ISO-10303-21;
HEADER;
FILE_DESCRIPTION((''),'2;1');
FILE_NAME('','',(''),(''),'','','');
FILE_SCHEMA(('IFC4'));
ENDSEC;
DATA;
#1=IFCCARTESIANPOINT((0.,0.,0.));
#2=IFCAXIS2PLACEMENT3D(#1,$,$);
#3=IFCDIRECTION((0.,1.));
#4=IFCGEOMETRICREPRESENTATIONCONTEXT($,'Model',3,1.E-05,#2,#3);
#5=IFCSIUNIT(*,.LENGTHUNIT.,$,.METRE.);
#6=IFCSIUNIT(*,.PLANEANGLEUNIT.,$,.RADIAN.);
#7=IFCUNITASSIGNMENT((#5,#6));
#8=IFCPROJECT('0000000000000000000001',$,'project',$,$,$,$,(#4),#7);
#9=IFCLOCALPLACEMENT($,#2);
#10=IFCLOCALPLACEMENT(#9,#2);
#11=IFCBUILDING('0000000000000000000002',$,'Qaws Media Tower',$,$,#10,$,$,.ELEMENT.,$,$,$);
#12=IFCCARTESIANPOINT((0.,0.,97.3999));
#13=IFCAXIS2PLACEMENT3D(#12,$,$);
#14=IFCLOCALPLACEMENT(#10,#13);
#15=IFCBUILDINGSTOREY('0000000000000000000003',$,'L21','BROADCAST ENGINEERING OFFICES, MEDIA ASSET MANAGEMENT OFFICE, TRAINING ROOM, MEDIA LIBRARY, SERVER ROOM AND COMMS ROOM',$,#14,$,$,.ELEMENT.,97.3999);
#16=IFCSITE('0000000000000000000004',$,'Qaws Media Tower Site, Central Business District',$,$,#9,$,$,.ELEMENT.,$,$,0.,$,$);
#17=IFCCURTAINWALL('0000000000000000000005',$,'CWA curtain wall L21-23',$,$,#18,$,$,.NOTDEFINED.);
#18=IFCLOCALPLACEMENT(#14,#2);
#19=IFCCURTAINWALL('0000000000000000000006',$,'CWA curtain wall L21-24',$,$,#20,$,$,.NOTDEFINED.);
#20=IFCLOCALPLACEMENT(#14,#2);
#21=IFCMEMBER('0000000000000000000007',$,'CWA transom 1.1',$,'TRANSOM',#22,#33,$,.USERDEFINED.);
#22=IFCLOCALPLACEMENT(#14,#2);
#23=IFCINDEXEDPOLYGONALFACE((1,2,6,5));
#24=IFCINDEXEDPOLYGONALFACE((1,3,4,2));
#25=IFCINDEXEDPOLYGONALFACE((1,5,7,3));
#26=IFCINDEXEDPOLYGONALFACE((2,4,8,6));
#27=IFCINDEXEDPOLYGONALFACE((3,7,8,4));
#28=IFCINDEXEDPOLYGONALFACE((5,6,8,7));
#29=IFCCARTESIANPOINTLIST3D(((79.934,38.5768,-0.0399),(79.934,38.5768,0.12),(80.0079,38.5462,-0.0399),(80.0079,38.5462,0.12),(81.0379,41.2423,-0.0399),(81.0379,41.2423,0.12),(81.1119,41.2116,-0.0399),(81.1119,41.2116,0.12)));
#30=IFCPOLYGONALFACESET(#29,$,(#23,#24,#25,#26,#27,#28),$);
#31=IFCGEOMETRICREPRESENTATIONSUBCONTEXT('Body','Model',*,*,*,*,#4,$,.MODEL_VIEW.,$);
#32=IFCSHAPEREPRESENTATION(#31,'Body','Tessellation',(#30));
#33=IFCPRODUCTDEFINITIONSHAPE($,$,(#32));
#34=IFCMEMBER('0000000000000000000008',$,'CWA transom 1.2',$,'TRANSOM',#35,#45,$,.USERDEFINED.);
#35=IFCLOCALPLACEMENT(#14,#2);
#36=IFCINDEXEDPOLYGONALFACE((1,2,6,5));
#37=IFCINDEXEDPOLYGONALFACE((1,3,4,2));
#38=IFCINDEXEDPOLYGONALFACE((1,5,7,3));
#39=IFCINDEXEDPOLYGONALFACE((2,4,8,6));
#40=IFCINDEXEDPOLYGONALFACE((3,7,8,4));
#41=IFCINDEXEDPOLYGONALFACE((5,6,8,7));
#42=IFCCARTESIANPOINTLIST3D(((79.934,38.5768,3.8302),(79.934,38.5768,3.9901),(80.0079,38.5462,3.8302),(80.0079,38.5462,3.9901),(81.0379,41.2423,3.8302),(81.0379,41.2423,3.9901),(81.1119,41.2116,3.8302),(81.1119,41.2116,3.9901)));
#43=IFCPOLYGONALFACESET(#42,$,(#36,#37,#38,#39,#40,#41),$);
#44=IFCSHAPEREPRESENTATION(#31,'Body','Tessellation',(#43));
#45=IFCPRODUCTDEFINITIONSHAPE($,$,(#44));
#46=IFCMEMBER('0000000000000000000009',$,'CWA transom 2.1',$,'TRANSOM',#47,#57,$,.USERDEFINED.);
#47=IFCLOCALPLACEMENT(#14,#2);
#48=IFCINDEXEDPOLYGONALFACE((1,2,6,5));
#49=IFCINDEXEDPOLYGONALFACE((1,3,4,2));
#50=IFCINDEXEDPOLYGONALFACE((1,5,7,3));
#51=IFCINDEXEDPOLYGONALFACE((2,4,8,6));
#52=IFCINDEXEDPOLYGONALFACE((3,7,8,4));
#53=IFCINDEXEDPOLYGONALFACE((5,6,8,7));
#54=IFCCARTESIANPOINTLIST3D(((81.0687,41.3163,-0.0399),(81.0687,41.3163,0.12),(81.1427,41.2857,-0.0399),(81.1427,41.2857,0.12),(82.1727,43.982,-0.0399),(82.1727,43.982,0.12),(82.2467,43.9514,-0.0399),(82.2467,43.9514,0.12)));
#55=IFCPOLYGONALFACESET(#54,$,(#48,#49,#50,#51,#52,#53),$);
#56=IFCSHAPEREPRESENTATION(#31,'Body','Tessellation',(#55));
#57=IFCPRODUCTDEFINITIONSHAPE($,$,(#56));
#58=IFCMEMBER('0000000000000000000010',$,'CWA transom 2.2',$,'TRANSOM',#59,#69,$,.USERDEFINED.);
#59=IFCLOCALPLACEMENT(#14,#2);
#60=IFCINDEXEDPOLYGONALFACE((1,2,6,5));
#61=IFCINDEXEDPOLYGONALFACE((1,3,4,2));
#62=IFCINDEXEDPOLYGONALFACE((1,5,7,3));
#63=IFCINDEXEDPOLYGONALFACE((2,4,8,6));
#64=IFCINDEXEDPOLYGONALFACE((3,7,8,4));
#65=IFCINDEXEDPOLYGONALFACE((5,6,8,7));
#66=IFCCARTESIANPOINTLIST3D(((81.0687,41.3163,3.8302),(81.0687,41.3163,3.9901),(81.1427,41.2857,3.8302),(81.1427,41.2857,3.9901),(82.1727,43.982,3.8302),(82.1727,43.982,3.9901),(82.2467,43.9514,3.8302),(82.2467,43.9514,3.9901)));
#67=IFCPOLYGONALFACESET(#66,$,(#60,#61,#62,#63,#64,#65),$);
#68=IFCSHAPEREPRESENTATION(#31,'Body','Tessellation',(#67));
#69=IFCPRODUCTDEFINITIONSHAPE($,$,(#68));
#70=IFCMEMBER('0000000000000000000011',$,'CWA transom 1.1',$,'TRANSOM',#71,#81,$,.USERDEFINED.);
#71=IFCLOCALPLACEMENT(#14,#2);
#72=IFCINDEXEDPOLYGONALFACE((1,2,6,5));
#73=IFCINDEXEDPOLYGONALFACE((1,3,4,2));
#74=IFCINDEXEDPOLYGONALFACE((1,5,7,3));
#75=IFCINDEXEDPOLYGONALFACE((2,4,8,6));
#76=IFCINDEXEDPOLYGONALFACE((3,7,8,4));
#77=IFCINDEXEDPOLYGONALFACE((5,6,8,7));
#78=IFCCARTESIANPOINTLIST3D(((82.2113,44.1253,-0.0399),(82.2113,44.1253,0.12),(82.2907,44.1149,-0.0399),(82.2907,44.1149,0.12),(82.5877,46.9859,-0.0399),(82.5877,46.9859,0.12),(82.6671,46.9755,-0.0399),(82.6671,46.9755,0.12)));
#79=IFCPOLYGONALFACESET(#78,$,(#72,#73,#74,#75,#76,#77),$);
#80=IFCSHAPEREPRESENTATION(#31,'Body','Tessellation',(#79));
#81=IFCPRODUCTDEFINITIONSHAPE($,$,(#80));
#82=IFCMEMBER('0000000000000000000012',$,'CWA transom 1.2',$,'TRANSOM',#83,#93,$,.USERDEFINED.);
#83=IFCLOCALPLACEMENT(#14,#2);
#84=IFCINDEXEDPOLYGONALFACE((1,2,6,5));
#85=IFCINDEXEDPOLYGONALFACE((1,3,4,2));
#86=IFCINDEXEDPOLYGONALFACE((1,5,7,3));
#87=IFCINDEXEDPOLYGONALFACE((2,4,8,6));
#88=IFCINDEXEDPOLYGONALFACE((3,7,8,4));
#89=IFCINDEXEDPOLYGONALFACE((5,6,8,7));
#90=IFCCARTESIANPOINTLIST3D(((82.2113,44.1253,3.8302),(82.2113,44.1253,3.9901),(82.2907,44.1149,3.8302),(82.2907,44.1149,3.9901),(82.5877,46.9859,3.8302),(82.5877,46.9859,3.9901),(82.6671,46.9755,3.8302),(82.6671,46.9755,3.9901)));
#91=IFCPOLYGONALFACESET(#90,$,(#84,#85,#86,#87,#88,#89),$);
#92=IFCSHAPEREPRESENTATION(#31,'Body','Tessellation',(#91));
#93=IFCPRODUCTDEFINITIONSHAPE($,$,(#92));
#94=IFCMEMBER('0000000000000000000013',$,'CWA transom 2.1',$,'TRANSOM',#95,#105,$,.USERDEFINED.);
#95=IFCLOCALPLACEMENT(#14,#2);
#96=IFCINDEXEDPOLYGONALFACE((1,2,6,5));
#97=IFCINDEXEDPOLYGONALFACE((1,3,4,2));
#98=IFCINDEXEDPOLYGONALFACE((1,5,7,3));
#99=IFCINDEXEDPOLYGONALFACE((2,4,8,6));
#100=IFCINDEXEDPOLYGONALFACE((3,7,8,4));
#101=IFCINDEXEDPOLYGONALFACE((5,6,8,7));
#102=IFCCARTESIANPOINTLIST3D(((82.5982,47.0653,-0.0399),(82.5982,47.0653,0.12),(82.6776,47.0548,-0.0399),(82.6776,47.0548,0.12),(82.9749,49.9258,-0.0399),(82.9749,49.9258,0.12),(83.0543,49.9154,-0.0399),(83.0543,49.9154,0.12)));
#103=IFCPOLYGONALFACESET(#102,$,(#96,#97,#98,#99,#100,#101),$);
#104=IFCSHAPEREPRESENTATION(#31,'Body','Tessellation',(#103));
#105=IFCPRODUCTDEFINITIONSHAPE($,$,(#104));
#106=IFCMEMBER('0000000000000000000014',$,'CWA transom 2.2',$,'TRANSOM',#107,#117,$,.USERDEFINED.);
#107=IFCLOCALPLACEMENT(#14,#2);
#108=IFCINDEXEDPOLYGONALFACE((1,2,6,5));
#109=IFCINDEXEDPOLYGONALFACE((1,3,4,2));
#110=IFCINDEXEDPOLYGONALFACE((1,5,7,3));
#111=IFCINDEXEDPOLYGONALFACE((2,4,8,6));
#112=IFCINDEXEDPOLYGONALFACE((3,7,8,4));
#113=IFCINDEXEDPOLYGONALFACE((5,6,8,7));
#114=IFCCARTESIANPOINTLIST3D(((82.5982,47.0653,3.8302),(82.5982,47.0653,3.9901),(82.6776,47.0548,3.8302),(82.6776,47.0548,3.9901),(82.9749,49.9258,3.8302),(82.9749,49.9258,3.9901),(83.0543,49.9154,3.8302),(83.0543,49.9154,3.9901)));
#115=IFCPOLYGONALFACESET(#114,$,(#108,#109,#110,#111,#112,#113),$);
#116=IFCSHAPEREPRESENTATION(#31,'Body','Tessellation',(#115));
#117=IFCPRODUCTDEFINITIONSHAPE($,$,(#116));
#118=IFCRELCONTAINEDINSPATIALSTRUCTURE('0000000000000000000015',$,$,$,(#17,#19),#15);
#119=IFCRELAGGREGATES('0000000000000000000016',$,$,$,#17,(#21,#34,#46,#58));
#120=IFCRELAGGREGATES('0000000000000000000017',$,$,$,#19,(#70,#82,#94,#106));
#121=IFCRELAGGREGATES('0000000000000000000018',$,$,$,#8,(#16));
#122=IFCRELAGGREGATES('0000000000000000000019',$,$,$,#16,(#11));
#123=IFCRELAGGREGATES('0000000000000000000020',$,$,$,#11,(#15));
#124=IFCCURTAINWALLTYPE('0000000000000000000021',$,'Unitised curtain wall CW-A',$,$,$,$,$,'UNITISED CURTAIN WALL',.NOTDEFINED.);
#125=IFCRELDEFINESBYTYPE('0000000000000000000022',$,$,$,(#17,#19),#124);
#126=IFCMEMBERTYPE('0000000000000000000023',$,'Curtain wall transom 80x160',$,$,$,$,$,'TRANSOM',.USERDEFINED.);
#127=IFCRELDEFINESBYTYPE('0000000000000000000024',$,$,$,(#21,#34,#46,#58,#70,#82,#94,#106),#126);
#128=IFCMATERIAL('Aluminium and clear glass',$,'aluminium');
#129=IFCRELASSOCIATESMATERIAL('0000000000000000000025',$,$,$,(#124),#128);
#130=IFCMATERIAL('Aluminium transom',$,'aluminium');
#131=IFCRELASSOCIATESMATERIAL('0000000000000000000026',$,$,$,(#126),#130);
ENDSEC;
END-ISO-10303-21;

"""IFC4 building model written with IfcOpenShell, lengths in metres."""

from ifc_helpers import new_model, si_unit, direction, frame, origin, origin_2d, place, context, subcontext, project, spatial, rectangle, extrude, material, material_profile, profile_set, type_object, element, aggregate, save


model = new_model("IFC4")

# Units and contexts
model_context = context("Model", 3, precision=1e-05, world=origin(), true_north=direction((0.0, 1.0)))
body_context = subcontext(model_context, "Body", "Model", "MODEL_VIEW")
ifc_project = project(units=[si_unit("LENGTHUNIT", "METRE"), si_unit("PLANEANGLEUNIT", "RADIAN")], contexts=[model_context])

# Site, building, storey
site_placement = place(None, origin())
site = spatial("IfcSite", under=ifc_project, at=site_placement, Name="Qaws Media Tower Site, Central Business District", CompositionType="ELEMENT", RefElevation=0.0)
building_placement = place(site_placement, origin())
building = spatial("IfcBuilding", under=site, at=building_placement, Name="Qaws Media Tower", CompositionType="ELEMENT")
storey_placement = place(building_placement, frame((0.0, 0.0, 97.3999)))
storey = spatial("IfcBuildingStorey", under=building, at=storey_placement, Name="L21", Description="BROADCAST ENGINEERING OFFICES, MEDIA ASSET MANAGEMENT OFFICE, TRAINING ROOM, MEDIA LIBRARY, SERVER ROOM AND COMMS ROOM", CompositionType="ELEMENT", Elevation=97.3999)

# Shared definitions
ifc_material_1 = material(Name="Aluminium and clear glass", Category="aluminium")
curtain_wall_type = type_object("IfcCurtainWallType", Name="Unitised curtain wall CW-A", ElementType="UNITISED CURTAIN WALL", PredefinedType="NOTDEFINED", material=ifc_material_1)

# Curtain walls
curtain_wall_1_placement = place(storey_placement, origin())
curtain_wall_1 = element("IfcCurtainWall", 1, at=curtain_wall_1_placement, inside=storey, type_object=curtain_wall_type, Name="CWA curtain wall L21-23", PredefinedType="NOTDEFINED")
curtain_wall_2_placement = place(storey_placement, origin())
curtain_wall_2 = element("IfcCurtainWall", 2, at=curtain_wall_2_placement, inside=storey, type_object=curtain_wall_type, Name="CWA curtain wall L21-24", PredefinedType="NOTDEFINED")

# Members
ifc_material_2 = material(Name="Aluminium transom", Category="aluminium")
ifc_material_profile_1 = material_profile(ifc_material_2, rectangle(XDim=0.0801, YDim=0.1599, at=origin_2d()), Name="80x160")
ifc_profile_set_1 = profile_set([ifc_material_profile_1], Name="Aluminium transom")
member_type_1 = type_object("IfcMemberType", Name="Curtain wall transom 80x160", ElementType="TRANSOM", PredefinedType="USERDEFINED", material=ifc_profile_set_1)
member_1_placement = place(storey_placement, frame((79.9709, 38.5615, 0.04), z_axis=(0.382656, 0.923891, 0.0), x_axis=(-0.923891, 0.382656, 0.0)))
member_1 = element("IfcMember", 3, at=member_1_placement, type_object=member_type_1, Name="CWA transom 1.1", ObjectType="TRANSOM", PredefinedType="USERDEFINED", context=body_context, shape_type="SweptSolid", body=[
    extrude(rectangle(XDim=0.0801, YDim=0.1599, at=origin_2d()), origin(), (0.0, 0.0, 1.0), 2.885),
])
member_2_placement = place(storey_placement, frame((79.9709, 38.5615, 3.9102), z_axis=(0.382656, 0.923891, 0.0), x_axis=(-0.923891, 0.382656, 0.0)))
member_2 = element("IfcMember", 4, at=member_2_placement, type_object=member_type_1, Name="CWA transom 1.2", ObjectType="TRANSOM", PredefinedType="USERDEFINED", context=body_context, shape_type="SweptSolid", body=[
    extrude(rectangle(XDim=0.0801, YDim=0.1599, at=origin_2d()), origin(), (0.0, 0.0, 1.0), 2.885),
])
member_3_placement = place(storey_placement, frame((81.1057, 41.301, 0.04), z_axis=(0.382626, 0.923903, 0.0), x_axis=(-0.923903, 0.382626, 0.0)))
member_3 = element("IfcMember", 5, at=member_3_placement, type_object=member_type_1, Name="CWA transom 2.1", ObjectType="TRANSOM", PredefinedType="USERDEFINED", context=body_context, shape_type="SweptSolid", body=[
    extrude(rectangle(XDim=0.0801, YDim=0.1599, at=origin_2d()), origin(), (0.0, 0.0, 1.0), 2.8853),
])
member_4_placement = place(storey_placement, frame((81.1057, 41.301, 3.9102), z_axis=(0.382626, 0.923903, 0.0), x_axis=(-0.923903, 0.382626, 0.0)))
member_4 = element("IfcMember", 6, at=member_4_placement, type_object=member_type_1, Name="CWA transom 2.2", ObjectType="TRANSOM", PredefinedType="USERDEFINED", context=body_context, shape_type="SweptSolid", body=[
    extrude(rectangle(XDim=0.0801, YDim=0.1599, at=origin_2d()), origin(), (0.0, 0.0, 1.0), 2.8853),
])
member_5_placement = place(storey_placement, frame((82.251, 44.1201, 0.04), z_axis=(0.130479, 0.991451, 0.0), x_axis=(-0.991451, 0.130479, 0.0)))
member_5 = element("IfcMember", 7, at=member_5_placement, type_object=member_type_1, Name="CWA transom 1.1", ObjectType="TRANSOM", PredefinedType="USERDEFINED", context=body_context, shape_type="SweptSolid", body=[
    extrude(rectangle(XDim=0.0801, YDim=0.1599, at=origin_2d()), origin(), (0.0, 0.0, 1.0), 2.8853),
])
member_6_placement = place(storey_placement, frame((82.251, 44.1201, 3.9102), z_axis=(0.130479, 0.991451, 0.0), x_axis=(-0.991451, 0.130479, 0.0)))
member_6 = element("IfcMember", 8, at=member_6_placement, type_object=member_type_1, Name="CWA transom 1.2", ObjectType="TRANSOM", PredefinedType="USERDEFINED", context=body_context, shape_type="SweptSolid", body=[
    extrude(rectangle(XDim=0.0801, YDim=0.1599, at=origin_2d()), origin(), (0.0, 0.0, 1.0), 2.8853),
])
member_7_placement = place(storey_placement, frame((82.6379, 47.0601, 0.04), z_axis=(0.130562, 0.99144, 0.0), x_axis=(-0.99144, 0.130562, 0.0)))
member_7 = element("IfcMember", 9, at=member_7_placement, type_object=member_type_1, Name="CWA transom 2.1", ObjectType="TRANSOM", PredefinedType="USERDEFINED", context=body_context, shape_type="SweptSolid", body=[
    extrude(rectangle(XDim=0.0801, YDim=0.1599, at=origin_2d()), origin(), (0.0, 0.0, 1.0), 2.8853),
])
member_8_placement = place(storey_placement, frame((82.6379, 47.0601, 3.9102), z_axis=(0.130562, 0.99144, 0.0), x_axis=(-0.99144, 0.130562, 0.0)))
member_8 = element("IfcMember", 10, at=member_8_placement, type_object=member_type_1, Name="CWA transom 2.2", ObjectType="TRANSOM", PredefinedType="USERDEFINED", context=body_context, shape_type="SweptSolid", body=[
    extrude(rectangle(XDim=0.0801, YDim=0.1599, at=origin_2d()), origin(), (0.0, 0.0, 1.0), 2.8853),
])

aggregate(curtain_wall_1, [member_1, member_2, member_3, member_4])
aggregate(curtain_wall_2, [member_5, member_6, member_7, member_8])

save(model, "model.ifc")
